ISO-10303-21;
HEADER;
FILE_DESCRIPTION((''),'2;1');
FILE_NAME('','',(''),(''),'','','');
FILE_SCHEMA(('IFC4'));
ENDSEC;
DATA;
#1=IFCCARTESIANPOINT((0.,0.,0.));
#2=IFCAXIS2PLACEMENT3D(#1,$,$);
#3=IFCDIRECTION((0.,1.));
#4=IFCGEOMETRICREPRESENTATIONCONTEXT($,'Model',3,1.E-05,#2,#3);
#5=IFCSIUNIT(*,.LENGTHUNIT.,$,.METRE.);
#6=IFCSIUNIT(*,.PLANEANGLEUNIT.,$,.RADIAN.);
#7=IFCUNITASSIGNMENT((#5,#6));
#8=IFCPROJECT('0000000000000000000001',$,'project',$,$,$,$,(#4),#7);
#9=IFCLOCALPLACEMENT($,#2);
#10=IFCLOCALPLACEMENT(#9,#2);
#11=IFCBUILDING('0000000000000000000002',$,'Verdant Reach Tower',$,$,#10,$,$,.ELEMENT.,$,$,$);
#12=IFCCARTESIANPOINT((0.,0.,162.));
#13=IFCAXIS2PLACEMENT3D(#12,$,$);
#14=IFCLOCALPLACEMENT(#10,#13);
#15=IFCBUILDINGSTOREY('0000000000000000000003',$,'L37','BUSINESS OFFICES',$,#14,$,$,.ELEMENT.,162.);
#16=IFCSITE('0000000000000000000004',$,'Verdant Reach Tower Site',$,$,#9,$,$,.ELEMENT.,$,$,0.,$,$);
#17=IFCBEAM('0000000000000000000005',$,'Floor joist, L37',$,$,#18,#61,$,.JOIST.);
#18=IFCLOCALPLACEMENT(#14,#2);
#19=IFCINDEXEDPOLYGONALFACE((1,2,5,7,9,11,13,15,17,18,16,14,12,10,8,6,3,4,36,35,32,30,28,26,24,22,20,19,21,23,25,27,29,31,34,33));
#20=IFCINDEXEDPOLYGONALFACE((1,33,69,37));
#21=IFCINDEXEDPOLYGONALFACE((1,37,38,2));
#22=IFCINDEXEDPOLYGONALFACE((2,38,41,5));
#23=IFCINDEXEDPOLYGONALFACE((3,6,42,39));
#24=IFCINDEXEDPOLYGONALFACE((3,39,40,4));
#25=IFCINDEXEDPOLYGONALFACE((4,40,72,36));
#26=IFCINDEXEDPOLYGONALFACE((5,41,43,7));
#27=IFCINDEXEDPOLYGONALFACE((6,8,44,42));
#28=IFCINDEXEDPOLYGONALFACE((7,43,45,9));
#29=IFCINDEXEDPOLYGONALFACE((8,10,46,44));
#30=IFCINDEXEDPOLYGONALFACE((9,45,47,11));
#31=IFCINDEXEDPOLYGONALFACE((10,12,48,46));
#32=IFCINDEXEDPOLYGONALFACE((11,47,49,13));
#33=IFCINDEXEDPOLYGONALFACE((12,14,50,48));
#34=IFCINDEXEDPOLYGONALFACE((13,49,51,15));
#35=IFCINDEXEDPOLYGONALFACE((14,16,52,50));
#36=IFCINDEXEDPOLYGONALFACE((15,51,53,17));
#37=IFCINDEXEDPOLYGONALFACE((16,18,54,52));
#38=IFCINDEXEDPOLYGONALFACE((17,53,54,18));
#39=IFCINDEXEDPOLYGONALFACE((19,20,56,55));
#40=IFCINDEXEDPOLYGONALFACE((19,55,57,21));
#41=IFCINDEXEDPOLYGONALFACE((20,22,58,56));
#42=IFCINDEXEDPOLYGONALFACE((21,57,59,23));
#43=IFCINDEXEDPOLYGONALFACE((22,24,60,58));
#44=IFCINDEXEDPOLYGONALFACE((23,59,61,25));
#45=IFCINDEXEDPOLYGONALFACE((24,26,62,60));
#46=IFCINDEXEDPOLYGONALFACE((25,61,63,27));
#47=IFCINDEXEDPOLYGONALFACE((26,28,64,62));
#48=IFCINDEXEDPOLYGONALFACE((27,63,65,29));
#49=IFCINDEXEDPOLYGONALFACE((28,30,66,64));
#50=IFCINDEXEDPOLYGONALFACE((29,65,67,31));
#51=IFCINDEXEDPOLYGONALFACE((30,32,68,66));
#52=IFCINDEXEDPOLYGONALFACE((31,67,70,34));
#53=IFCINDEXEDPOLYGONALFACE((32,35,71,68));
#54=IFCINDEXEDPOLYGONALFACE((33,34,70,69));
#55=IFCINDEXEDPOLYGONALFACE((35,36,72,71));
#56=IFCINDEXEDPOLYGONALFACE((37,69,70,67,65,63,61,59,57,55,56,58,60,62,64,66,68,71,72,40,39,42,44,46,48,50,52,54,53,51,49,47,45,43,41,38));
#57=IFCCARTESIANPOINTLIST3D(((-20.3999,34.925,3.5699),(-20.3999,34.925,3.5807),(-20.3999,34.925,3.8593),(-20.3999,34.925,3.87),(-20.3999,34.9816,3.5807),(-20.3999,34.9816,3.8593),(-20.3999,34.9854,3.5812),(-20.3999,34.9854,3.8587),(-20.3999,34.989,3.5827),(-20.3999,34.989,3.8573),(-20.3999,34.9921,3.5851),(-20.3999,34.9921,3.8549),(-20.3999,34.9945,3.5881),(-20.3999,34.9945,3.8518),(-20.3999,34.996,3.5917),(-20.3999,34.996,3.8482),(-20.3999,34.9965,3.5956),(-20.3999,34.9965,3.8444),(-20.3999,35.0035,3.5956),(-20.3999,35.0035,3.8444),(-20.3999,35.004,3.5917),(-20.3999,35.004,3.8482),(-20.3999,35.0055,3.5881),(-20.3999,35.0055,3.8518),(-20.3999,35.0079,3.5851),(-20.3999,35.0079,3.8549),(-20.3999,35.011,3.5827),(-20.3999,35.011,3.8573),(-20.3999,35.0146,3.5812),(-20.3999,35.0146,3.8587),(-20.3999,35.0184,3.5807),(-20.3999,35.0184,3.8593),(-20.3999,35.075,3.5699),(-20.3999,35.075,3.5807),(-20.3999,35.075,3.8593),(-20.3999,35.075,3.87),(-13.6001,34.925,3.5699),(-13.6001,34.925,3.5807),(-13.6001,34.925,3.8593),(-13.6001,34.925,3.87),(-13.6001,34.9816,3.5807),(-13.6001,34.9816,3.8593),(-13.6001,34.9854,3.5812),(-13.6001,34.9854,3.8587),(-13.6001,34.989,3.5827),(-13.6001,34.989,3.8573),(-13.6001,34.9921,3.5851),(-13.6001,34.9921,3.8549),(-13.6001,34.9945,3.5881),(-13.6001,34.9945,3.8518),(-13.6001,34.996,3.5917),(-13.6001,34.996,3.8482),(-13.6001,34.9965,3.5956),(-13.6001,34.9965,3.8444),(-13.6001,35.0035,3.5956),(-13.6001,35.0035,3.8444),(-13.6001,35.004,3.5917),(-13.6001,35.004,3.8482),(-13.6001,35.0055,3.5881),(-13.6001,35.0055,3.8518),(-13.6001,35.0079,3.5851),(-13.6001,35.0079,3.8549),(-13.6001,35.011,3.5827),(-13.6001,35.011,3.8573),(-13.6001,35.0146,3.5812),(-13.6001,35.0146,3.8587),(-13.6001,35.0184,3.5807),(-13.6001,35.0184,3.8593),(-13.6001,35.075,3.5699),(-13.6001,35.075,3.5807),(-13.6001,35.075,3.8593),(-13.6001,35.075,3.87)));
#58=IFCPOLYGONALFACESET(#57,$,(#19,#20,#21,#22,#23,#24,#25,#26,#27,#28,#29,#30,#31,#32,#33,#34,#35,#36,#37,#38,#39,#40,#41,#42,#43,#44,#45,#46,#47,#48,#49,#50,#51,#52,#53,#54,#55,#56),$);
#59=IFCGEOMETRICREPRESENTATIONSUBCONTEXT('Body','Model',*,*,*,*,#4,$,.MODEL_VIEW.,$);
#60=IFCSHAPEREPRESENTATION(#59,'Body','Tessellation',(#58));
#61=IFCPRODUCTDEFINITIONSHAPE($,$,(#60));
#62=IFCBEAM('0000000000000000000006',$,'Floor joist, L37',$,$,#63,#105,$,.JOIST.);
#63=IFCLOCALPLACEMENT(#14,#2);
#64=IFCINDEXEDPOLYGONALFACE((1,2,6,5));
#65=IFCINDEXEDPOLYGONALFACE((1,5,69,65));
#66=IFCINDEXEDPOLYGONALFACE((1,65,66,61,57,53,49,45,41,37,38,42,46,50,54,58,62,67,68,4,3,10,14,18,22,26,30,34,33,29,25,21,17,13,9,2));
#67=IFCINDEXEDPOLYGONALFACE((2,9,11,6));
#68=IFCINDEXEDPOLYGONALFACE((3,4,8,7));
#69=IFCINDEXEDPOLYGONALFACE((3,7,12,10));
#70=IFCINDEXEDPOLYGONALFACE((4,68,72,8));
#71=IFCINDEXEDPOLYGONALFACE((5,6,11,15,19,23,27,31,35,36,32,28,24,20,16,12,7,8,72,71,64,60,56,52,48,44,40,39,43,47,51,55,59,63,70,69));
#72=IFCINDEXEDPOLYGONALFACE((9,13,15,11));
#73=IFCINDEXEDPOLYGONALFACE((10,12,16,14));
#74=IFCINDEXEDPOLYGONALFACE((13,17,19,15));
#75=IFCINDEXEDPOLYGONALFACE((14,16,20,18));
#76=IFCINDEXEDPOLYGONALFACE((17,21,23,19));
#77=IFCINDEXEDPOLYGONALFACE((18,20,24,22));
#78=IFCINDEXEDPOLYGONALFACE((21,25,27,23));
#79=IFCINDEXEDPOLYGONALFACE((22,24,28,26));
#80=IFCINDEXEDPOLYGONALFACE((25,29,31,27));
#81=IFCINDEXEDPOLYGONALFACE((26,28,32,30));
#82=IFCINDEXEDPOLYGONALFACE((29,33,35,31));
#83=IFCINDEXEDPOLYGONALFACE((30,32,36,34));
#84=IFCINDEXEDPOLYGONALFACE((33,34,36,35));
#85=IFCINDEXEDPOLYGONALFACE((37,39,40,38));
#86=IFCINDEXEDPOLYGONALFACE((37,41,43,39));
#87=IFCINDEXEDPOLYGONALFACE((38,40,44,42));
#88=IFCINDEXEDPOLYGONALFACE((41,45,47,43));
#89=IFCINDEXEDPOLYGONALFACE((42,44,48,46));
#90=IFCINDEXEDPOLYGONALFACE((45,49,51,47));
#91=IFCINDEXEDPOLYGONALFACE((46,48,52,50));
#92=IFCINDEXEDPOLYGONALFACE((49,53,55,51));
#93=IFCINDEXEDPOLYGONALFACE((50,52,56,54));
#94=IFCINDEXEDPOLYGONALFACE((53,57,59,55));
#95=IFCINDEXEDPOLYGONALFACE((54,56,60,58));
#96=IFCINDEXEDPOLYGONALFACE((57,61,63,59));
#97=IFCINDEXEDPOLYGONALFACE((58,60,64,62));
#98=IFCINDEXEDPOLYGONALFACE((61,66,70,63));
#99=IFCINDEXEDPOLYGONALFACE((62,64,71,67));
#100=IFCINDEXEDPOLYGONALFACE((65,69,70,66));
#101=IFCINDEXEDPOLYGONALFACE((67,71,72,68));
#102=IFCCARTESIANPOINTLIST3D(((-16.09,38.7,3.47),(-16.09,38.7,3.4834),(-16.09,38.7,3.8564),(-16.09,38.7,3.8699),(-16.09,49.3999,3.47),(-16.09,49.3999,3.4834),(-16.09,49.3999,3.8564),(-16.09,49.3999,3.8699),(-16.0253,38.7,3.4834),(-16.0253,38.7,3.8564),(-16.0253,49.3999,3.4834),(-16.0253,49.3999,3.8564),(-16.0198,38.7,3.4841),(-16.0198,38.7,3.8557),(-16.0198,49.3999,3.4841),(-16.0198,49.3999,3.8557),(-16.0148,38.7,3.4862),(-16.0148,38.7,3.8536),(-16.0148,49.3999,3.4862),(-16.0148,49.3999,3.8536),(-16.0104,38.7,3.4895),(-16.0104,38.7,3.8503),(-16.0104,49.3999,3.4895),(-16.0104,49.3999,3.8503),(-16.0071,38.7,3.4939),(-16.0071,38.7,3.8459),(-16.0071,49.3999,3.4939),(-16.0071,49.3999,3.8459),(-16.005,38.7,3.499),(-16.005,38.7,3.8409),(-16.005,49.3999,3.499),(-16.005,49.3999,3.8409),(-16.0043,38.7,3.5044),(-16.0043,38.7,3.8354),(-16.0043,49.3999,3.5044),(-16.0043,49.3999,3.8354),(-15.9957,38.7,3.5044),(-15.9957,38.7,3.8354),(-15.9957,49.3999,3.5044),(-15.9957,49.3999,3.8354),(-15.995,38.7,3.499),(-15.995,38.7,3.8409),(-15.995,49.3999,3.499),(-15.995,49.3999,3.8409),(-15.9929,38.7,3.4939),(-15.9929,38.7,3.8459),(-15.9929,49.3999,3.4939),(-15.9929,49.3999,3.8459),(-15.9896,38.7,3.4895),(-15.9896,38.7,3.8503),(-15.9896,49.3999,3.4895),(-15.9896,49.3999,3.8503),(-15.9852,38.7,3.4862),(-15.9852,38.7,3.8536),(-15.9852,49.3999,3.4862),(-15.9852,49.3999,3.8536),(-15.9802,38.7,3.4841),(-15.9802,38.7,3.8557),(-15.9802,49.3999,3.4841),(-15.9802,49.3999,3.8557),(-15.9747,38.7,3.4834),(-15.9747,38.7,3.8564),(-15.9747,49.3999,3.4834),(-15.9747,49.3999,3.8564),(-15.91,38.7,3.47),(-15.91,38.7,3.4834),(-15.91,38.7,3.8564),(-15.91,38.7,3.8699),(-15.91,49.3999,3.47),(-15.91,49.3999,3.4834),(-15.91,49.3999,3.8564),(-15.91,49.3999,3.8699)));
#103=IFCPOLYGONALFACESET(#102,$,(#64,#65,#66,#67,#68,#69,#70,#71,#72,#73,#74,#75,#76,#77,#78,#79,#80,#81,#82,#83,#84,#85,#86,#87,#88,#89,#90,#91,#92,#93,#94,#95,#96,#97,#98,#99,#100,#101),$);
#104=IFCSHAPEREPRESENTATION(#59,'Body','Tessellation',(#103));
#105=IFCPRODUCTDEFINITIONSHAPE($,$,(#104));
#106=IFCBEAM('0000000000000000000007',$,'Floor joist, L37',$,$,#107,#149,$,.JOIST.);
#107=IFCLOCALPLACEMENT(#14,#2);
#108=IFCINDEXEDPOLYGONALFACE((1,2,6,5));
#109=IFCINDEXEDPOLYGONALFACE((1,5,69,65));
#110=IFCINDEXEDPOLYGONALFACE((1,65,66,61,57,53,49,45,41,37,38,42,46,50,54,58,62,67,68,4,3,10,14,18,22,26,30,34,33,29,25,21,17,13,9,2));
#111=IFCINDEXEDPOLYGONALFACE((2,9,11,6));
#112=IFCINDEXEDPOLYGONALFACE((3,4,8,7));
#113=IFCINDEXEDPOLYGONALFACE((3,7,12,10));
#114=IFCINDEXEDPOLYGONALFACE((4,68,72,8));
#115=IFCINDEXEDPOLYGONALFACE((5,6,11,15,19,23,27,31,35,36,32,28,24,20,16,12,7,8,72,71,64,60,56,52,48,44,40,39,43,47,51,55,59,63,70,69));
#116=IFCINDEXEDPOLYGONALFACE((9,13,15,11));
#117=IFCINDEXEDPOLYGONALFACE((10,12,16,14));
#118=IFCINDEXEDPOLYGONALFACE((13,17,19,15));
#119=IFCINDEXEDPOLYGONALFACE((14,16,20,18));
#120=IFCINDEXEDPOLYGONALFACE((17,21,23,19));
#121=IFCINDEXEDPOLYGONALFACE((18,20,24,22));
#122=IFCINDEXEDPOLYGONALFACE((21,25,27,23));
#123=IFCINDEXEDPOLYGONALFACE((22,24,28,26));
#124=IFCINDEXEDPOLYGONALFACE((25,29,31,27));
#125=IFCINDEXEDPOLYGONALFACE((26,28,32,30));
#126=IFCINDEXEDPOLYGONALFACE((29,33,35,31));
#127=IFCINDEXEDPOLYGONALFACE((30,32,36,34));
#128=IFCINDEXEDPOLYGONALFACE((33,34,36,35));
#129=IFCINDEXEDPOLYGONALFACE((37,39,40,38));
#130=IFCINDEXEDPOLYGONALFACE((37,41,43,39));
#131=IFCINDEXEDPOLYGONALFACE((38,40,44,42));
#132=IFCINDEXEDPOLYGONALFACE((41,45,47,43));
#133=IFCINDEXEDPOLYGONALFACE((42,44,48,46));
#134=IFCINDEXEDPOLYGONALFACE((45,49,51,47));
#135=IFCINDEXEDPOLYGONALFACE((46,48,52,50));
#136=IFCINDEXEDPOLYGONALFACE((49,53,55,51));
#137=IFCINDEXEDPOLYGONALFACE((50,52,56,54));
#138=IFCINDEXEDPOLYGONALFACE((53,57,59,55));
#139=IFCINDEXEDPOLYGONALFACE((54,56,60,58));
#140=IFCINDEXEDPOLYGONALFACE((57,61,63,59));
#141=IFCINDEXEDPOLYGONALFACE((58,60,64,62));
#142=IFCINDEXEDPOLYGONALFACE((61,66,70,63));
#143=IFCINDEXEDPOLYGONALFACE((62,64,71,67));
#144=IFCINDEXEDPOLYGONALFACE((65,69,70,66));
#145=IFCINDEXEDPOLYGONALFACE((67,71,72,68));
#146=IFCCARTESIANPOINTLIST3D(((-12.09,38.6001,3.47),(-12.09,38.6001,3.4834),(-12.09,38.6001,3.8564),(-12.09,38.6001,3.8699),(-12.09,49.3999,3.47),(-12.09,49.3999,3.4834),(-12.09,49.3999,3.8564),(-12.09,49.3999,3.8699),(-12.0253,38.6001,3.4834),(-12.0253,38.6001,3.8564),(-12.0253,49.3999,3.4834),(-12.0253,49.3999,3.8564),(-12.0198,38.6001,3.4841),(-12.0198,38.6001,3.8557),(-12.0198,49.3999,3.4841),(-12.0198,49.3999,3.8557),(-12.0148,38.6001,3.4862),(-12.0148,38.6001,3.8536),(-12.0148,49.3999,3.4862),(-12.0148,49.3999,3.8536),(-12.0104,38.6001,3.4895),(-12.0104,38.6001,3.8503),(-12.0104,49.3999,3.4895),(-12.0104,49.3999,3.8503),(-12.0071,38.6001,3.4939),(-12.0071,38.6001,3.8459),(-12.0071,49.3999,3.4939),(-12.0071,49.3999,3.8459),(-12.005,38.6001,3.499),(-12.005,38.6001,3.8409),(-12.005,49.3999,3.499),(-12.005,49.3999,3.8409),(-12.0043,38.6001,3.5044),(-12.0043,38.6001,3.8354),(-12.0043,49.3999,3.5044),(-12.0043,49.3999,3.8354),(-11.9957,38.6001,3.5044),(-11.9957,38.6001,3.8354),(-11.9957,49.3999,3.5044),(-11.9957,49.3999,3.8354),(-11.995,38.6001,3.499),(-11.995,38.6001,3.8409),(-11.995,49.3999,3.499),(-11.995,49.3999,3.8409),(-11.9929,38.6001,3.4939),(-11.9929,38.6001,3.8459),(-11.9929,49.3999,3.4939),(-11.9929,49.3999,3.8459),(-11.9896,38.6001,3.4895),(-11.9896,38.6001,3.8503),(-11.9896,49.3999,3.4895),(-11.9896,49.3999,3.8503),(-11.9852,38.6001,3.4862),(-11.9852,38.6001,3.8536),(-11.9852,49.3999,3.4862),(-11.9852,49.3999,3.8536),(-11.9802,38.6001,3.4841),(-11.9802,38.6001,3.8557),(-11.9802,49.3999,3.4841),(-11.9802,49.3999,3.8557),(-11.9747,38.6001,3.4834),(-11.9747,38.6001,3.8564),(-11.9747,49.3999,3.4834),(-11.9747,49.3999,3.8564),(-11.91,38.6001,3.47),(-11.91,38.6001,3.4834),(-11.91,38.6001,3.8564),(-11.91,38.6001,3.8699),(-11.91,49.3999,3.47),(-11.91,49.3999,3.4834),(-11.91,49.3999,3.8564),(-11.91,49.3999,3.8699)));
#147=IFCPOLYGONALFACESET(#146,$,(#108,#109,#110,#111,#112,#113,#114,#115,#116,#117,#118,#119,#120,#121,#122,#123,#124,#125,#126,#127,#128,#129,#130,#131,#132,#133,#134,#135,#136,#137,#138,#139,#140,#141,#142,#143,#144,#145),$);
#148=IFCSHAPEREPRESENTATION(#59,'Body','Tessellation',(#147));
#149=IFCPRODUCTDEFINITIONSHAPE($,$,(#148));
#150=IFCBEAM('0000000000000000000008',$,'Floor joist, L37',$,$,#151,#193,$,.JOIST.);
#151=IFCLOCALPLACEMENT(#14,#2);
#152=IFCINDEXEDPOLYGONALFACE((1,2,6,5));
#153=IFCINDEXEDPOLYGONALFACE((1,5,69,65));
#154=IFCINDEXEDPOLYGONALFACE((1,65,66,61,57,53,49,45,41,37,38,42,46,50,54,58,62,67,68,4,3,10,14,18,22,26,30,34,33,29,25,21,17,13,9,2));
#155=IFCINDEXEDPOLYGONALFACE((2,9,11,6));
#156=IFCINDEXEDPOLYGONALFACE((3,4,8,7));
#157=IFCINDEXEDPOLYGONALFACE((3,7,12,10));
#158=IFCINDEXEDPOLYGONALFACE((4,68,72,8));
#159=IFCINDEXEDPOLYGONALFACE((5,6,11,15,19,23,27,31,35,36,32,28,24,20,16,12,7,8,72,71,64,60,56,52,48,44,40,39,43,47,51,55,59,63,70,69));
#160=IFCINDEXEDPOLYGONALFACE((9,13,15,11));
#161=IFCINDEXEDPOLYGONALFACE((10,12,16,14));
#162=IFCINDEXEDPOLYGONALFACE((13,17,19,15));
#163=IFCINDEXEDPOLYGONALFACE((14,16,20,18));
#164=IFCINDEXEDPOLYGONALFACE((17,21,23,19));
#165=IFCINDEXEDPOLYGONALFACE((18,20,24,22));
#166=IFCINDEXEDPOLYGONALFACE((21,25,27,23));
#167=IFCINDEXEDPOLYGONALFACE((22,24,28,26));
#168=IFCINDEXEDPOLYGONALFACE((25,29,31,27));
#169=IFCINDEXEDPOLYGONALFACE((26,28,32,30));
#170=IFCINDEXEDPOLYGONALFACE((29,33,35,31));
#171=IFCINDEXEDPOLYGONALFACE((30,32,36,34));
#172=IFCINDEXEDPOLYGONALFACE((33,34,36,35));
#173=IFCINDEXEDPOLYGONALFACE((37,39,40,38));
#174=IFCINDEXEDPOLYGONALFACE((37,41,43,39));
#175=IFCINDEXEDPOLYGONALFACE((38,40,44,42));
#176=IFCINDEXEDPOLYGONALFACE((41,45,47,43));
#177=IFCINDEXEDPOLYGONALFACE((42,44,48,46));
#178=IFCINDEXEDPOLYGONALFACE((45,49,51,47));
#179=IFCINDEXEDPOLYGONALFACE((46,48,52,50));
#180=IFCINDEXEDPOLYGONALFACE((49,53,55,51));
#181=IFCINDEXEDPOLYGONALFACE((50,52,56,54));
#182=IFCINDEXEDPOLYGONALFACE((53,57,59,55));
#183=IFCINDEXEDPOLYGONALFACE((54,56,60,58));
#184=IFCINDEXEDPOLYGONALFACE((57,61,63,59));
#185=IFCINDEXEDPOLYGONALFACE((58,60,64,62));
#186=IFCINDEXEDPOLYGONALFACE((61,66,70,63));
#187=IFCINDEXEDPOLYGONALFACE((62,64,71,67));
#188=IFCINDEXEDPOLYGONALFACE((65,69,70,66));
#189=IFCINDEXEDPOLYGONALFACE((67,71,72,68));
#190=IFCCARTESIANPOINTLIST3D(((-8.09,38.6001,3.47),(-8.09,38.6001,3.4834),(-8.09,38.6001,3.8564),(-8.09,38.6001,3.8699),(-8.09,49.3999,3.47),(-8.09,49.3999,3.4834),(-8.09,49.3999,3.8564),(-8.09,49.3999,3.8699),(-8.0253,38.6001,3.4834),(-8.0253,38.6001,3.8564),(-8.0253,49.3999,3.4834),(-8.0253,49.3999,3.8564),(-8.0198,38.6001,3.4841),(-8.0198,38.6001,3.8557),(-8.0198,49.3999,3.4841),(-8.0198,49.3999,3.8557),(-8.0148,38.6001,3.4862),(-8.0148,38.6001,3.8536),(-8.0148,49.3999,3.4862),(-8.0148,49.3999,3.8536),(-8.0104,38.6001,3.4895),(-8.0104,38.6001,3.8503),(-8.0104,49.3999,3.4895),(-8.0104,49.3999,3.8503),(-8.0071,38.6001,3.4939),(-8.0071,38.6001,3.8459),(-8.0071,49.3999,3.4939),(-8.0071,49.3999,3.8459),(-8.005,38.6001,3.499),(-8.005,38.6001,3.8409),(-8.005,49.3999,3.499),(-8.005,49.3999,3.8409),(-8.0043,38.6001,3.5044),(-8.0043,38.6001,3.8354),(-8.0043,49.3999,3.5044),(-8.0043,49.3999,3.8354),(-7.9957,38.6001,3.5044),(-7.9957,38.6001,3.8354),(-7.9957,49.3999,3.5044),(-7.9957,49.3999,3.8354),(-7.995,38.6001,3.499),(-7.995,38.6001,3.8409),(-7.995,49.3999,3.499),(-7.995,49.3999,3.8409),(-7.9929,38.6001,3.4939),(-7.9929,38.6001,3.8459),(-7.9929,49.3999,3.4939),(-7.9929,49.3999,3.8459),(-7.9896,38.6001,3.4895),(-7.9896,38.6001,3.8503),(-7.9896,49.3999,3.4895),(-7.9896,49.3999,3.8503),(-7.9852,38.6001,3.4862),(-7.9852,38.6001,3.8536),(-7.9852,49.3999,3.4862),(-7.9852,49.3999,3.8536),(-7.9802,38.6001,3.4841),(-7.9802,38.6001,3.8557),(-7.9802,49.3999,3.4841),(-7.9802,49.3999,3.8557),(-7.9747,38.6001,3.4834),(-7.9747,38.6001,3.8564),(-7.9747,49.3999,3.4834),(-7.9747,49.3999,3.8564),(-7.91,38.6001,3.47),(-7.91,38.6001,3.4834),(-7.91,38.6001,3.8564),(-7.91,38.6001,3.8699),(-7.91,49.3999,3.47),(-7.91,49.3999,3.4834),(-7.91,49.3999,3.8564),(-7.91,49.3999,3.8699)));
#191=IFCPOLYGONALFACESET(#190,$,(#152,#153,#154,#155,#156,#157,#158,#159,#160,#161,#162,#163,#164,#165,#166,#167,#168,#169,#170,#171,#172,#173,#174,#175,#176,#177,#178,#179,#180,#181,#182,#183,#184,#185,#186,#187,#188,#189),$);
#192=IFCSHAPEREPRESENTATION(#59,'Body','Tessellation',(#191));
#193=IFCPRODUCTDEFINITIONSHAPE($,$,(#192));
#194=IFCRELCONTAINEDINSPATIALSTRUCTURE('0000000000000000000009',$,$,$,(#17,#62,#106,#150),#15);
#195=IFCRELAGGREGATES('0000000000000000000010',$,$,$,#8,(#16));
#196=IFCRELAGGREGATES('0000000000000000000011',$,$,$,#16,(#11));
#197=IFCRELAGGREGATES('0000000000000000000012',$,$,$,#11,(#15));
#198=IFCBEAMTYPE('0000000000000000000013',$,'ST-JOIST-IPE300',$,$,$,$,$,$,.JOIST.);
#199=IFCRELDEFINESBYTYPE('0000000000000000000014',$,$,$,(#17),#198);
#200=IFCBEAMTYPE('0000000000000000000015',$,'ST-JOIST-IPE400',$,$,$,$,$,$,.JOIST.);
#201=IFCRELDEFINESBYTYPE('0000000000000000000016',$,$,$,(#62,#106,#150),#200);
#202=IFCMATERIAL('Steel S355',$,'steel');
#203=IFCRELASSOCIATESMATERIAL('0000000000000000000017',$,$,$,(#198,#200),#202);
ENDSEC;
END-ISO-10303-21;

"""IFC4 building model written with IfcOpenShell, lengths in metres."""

from ifc_helpers import new_model, si_unit, direction, frame, origin, origin_2d, place, context, subcontext, project, spatial, i_section, extrude, material, material_profile, profile_set, type_object, element, save


model = new_model("IFC4")

# Units and contexts
model_context = context("Model", 3, precision=1e-05, world=origin(), true_north=direction((0.0, 1.0)))
body_context = subcontext(model_context, "Body", "Model", "MODEL_VIEW")
ifc_project = project(units=[si_unit("LENGTHUNIT", "METRE"), si_unit("PLANEANGLEUNIT", "RADIAN")], contexts=[model_context])

# Site, building, storey
site_placement = place(None, origin())
site = spatial("IfcSite", under=ifc_project, at=site_placement, Name="Verdant Reach Tower Site", CompositionType="ELEMENT", RefElevation=0.0)
building_placement = place(site_placement, origin())
building = spatial("IfcBuilding", under=site, at=building_placement, Name="Verdant Reach Tower", CompositionType="ELEMENT")
storey_placement = place(building_placement, frame((0.0, 0.0, 162.0)))
storey = spatial("IfcBuildingStorey", under=building, at=storey_placement, Name="L37", Description="BUSINESS OFFICES", CompositionType="ELEMENT", Elevation=162.0)

# Beams
ifc_material_1 = material(Name="Steel S355", Category="steel")
ifc_material_profile_1 = material_profile(ifc_material_1, i_section(OverallWidth=0.1499, OverallDepth=0.3, WebThickness=0.0071, FlangeThickness=0.0107, FilletRadius=0.0149, at=origin_2d()), Name="IPE 300")
ifc_profile_set_1 = profile_set([ifc_material_profile_1], Name="Steel S355")
beam_type_1 = type_object("IfcBeamType", Name="ST-JOIST-IPE300", PredefinedType="JOIST", material=ifc_profile_set_1)
beam_1_placement = place(storey_placement, frame((-13.6001, 35.0, 3.72), z_axis=(-1.0, 0.0, 0.0), x_axis=(0.0, -1.0, 0.0)))
element("IfcBeam", 1, at=beam_1_placement, inside=storey, type_object=beam_type_1, Name="Floor joist, L37", PredefinedType="JOIST", context=body_context, shape_type="SweptSolid", body=[
    extrude(i_section(OverallWidth=0.1499, OverallDepth=0.3, WebThickness=0.0071, FlangeThickness=0.0107, FilletRadius=0.0149, at=origin_2d()), origin(), (0.0, 0.0, 1.0), 6.7998),
])
ifc_material_profile_2 = material_profile(ifc_material_1, i_section(OverallWidth=0.1799, OverallDepth=0.3999, WebThickness=0.0085, FlangeThickness=0.0134, FilletRadius=0.021, at=origin_2d()), Name="IPE 400")
ifc_profile_set_2 = profile_set([ifc_material_profile_2], Name="Steel S355")
beam_type_2 = type_object("IfcBeamType", Name="ST-JOIST-IPE400", PredefinedType="JOIST", material=ifc_profile_set_2)
beam_2_placement = place(storey_placement, frame((-16.0, 38.7, 3.6699), z_axis=(0.0, 1.0, 0.0), x_axis=(-1.0, 0.0, 0.0)))
element("IfcBeam", 2, at=beam_2_placement, inside=storey, type_object=beam_type_2, Name="Floor joist, L37", PredefinedType="JOIST", context=body_context, shape_type="SweptSolid", body=[
    extrude(i_section(OverallWidth=0.1799, OverallDepth=0.3999, WebThickness=0.0085, FlangeThickness=0.0134, FilletRadius=0.021, at=origin_2d()), origin(), (0.0, 0.0, 1.0), 10.7),
])
for number, where, z_axis, x_axis, name in (
    (3, (-12.0, 38.6001, 3.6699), (0.0, 1.0, 0.0), (-1.0, 0.0, 0.0), "Floor joist, L37"),
    (4, (-8.0, 38.6001, 3.6699), (0.0, 1.0, 0.0), (-1.0, 0.0, 0.0), "Floor joist, L37"),
):
    element("IfcBeam", number, at=place(storey_placement, frame(where, z_axis=z_axis, x_axis=x_axis)), inside=storey, type_object=beam_type_2, Name=name, PredefinedType="JOIST", context=body_context, shape_type="SweptSolid", body=[
        extrude(i_section(OverallWidth=0.1799, OverallDepth=0.3999, WebThickness=0.0085, FlangeThickness=0.0134, FilletRadius=0.021, at=origin_2d()), origin(), (0.0, 0.0, 1.0), 10.7998),
    ])

save(model, "model.ifc")
